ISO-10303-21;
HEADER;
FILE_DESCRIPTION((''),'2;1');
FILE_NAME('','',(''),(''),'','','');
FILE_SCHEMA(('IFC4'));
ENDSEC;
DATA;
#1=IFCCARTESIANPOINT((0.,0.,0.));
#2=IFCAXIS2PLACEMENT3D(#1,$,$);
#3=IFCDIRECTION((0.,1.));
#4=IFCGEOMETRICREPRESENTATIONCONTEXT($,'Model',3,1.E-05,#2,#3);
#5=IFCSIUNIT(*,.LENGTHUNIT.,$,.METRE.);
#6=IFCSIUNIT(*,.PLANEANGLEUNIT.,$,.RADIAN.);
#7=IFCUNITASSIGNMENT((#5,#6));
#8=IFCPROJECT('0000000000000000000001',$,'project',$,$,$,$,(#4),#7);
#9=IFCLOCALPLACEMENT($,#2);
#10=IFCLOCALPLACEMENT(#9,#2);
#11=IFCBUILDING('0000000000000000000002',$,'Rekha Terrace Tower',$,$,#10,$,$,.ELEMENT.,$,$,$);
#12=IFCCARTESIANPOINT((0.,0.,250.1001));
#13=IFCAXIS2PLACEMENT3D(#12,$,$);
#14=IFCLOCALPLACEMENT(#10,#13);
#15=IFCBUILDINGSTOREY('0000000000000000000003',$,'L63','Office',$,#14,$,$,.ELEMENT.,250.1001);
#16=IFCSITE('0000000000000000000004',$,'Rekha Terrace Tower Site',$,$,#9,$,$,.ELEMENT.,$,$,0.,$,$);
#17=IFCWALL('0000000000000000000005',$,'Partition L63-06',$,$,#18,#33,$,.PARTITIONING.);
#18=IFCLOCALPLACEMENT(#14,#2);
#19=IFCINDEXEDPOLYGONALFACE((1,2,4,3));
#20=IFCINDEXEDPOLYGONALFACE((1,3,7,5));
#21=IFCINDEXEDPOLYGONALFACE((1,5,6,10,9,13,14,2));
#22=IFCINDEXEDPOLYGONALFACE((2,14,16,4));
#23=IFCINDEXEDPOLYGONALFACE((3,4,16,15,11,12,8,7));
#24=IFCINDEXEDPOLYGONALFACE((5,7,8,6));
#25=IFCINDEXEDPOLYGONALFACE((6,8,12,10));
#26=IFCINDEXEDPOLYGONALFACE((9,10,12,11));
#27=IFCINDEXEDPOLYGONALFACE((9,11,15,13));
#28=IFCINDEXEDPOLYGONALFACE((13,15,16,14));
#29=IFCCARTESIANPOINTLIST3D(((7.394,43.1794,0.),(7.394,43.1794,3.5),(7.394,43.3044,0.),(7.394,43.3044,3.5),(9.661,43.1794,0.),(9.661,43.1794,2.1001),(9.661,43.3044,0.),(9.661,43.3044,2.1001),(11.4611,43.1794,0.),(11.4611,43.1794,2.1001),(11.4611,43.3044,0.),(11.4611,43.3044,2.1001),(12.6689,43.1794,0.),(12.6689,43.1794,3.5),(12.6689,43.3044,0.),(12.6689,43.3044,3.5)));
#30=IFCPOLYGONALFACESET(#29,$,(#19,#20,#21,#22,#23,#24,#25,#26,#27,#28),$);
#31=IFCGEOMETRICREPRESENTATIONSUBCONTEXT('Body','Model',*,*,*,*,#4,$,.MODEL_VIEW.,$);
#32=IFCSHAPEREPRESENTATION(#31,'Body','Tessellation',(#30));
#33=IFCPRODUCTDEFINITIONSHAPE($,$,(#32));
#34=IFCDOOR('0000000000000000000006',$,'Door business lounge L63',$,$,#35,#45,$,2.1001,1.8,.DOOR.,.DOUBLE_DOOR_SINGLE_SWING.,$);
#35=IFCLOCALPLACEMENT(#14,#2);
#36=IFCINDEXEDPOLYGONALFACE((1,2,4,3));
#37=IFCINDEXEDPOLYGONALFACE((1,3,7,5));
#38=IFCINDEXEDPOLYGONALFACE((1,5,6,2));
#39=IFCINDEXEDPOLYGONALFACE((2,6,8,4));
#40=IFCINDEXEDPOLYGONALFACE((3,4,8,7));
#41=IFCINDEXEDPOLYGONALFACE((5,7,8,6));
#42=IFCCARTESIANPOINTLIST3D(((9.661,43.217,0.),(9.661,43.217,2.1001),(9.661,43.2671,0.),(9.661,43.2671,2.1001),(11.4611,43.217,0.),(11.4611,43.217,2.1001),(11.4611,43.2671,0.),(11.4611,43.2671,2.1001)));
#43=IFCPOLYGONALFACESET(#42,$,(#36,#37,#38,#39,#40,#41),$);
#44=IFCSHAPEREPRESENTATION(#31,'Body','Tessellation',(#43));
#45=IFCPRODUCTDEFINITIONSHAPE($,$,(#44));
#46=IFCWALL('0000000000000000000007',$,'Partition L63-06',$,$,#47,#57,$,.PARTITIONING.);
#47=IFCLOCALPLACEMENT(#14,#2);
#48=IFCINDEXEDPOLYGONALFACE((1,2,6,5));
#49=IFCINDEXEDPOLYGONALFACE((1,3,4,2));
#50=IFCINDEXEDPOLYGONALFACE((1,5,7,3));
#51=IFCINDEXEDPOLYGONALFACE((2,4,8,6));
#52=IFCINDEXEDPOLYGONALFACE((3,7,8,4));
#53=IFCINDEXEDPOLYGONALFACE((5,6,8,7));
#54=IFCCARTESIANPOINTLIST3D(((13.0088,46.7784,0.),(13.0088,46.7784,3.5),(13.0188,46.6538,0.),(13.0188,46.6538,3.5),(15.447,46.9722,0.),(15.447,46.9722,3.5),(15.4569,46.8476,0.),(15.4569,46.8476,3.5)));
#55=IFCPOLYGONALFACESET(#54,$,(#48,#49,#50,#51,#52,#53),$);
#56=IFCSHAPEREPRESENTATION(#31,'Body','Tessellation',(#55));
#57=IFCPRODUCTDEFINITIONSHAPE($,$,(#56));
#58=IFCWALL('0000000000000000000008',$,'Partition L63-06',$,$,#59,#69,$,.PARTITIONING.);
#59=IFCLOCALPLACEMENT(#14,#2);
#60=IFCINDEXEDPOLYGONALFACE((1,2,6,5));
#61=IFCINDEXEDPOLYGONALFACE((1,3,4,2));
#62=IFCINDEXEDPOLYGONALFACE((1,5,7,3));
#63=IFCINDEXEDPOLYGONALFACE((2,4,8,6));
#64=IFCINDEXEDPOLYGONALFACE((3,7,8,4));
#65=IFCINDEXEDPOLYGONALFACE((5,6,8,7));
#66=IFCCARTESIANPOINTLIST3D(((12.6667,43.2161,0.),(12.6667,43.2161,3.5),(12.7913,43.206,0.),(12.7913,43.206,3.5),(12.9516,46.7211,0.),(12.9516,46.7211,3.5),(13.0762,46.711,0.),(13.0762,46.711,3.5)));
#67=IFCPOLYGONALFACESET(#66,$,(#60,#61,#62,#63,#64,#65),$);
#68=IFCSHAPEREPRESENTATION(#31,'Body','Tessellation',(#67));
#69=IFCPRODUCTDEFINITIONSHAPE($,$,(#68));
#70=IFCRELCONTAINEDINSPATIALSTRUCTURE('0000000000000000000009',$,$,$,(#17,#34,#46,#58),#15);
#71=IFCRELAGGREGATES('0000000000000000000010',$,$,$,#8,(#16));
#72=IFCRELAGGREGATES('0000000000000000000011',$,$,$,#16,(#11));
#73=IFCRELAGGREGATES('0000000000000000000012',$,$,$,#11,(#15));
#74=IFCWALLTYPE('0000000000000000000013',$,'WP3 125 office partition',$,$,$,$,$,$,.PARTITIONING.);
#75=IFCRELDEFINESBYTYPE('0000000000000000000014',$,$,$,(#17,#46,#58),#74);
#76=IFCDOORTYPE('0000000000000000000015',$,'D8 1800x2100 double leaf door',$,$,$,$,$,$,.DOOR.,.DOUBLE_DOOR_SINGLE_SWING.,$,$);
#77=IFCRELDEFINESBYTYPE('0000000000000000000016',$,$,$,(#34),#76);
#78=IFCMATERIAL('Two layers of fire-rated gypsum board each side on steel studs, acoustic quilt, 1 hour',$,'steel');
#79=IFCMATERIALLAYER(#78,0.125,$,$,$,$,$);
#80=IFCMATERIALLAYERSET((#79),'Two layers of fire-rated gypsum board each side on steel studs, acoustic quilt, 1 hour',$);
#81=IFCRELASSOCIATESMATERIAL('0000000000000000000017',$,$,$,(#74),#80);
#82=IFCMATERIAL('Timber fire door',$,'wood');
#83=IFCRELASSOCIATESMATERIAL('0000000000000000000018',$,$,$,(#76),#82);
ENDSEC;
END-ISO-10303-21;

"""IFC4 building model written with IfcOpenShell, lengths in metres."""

from ifc_helpers import new_model, si_unit, direction, frame, frame_2d, origin, place, context, subcontext, project, spatial, rectangle, extrude, material, layer, layer_set, type_object, element, fill, save


model = new_model("IFC4")

# Units and contexts
model_context = context("Model", 3, precision=1e-05, world=origin(), true_north=direction((0.0, 1.0)))
body_context = subcontext(model_context, "Body", "Model", "MODEL_VIEW")
ifc_project = project(units=[si_unit("LENGTHUNIT", "METRE"), si_unit("PLANEANGLEUNIT", "RADIAN")], contexts=[model_context])

# Site, building, storey
site_placement = place(None, origin())
site = spatial("IfcSite", under=ifc_project, at=site_placement, Name="Rekha Terrace Tower Site", CompositionType="ELEMENT", RefElevation=0.0)
building_placement = place(site_placement, origin())
building = spatial("IfcBuilding", under=site, at=building_placement, Name="Rekha Terrace Tower", CompositionType="ELEMENT")
storey_placement = place(building_placement, frame((0.0, 0.0, 250.1001)))
storey = spatial("IfcBuildingStorey", under=building, at=storey_placement, Name="L63", Description="Office", CompositionType="ELEMENT", Elevation=250.1001)

# Wall, opening, door
ifc_material_1 = material(Name="Two layers of fire-rated gypsum board each side on steel studs, acoustic quilt, 1 hour", Category="steel")
ifc_layer_1 = layer(ifc_material_1, 0.125)
ifc_layer_set_1 = layer_set([ifc_layer_1], Name="Two layers of fire-rated gypsum board each side on steel studs, acoustic quilt, 1 hour")
wall_type = type_object("IfcWallType", Name="WP3 125 office partition", PredefinedType="PARTITIONING", material=ifc_layer_set_1)
wall_1_placement = place(storey_placement, frame((12.6689, 43.2419, 0.0), z_axis=(0.0, 0.0, 1.0), x_axis=(-1.0, 0.0, 0.0)))
wall_1 = element("IfcWall", 1, at=wall_1_placement, inside=storey, type_object=wall_type, Name="Partition L63-06", PredefinedType="PARTITIONING", context=body_context, shape_type="SweptSolid", body=[
    extrude(rectangle(XDim=5.2749, YDim=0.125, at=frame_2d((2.6375, 0.0))), origin(), (0.0, 0.0, 1.0), 3.5),
])
opening_placement = place(wall_1_placement, frame((1.208, 0.0, 0.0)))
opening = element("IfcOpeningElement", 2, at=opening_placement, cuts=wall_1, PredefinedType="OPENING", context=body_context, shape_type="SweptSolid", body=[
    extrude(rectangle(XDim=1.8, YDim=2.1001, at=frame_2d((0.8999, 1.05))), frame((0.0, 0.0725, 0.0), z_axis=(0.0, -1.0, 0.0), x_axis=(1.0, 0.0, 0.0)), (0.0, 0.0, 1.0), 0.145),
])
ifc_material_2 = material(Name="Timber fire door", Category="wood")
door_type = type_object("IfcDoorType", Name="D8 1800x2100 double leaf door", OperationType="DOUBLE_DOOR_SINGLE_SWING", PredefinedType="DOOR", material=ifc_material_2)
door_placement = place(opening_placement, origin())
door = element("IfcDoor", 3, at=door_placement, inside=storey, type_object=door_type, Name="Door business lounge L63", OperationType="DOUBLE_DOOR_SINGLE_SWING", OverallHeight=2.1001, OverallWidth=1.8, PredefinedType="DOOR", context=body_context, shape_type="SweptSolid", body=[
    extrude(rectangle(XDim=1.8, YDim=2.1001, at=frame_2d((0.8999, 1.05))), frame((0.0, 0.0249, 0.0), z_axis=(0.0, -1.0, 0.0), x_axis=(1.0, 0.0, 0.0)), (0.0, 0.0, 1.0), 0.05),
])
fill(opening, door)

# Walls
wall_2_placement = place(storey_placement, frame((15.4519, 46.9099, 0.0), z_axis=(0.0, 0.0, 1.0), x_axis=(-0.996854, -0.079261, 0.0)))
element("IfcWall", 4, at=wall_2_placement, inside=storey, type_object=wall_type, Name="Partition L63-06", PredefinedType="PARTITIONING", context=body_context, shape_type="SweptSolid", body=[
    extrude(rectangle(XDim=2.4458, YDim=0.125, at=frame_2d((1.2229, 0.0))), origin(), (0.0, 0.0, 1.0), 3.5),
])
wall_3_placement = place(storey_placement, frame((13.0139, 46.7161, 0.0), z_axis=(0.0, 0.0, 1.0), x_axis=(-0.081017, -0.996713, 0.0)))
element("IfcWall", 5, at=wall_3_placement, inside=storey, type_object=wall_type, Name="Partition L63-06", PredefinedType="PARTITIONING", context=body_context, shape_type="SweptSolid", body=[
    extrude(rectangle(XDim=3.5166, YDim=0.125, at=frame_2d((1.7583, 0.0))), origin(), (0.0, 0.0, 1.0), 3.5),
])

save(model, "model.ifc")
